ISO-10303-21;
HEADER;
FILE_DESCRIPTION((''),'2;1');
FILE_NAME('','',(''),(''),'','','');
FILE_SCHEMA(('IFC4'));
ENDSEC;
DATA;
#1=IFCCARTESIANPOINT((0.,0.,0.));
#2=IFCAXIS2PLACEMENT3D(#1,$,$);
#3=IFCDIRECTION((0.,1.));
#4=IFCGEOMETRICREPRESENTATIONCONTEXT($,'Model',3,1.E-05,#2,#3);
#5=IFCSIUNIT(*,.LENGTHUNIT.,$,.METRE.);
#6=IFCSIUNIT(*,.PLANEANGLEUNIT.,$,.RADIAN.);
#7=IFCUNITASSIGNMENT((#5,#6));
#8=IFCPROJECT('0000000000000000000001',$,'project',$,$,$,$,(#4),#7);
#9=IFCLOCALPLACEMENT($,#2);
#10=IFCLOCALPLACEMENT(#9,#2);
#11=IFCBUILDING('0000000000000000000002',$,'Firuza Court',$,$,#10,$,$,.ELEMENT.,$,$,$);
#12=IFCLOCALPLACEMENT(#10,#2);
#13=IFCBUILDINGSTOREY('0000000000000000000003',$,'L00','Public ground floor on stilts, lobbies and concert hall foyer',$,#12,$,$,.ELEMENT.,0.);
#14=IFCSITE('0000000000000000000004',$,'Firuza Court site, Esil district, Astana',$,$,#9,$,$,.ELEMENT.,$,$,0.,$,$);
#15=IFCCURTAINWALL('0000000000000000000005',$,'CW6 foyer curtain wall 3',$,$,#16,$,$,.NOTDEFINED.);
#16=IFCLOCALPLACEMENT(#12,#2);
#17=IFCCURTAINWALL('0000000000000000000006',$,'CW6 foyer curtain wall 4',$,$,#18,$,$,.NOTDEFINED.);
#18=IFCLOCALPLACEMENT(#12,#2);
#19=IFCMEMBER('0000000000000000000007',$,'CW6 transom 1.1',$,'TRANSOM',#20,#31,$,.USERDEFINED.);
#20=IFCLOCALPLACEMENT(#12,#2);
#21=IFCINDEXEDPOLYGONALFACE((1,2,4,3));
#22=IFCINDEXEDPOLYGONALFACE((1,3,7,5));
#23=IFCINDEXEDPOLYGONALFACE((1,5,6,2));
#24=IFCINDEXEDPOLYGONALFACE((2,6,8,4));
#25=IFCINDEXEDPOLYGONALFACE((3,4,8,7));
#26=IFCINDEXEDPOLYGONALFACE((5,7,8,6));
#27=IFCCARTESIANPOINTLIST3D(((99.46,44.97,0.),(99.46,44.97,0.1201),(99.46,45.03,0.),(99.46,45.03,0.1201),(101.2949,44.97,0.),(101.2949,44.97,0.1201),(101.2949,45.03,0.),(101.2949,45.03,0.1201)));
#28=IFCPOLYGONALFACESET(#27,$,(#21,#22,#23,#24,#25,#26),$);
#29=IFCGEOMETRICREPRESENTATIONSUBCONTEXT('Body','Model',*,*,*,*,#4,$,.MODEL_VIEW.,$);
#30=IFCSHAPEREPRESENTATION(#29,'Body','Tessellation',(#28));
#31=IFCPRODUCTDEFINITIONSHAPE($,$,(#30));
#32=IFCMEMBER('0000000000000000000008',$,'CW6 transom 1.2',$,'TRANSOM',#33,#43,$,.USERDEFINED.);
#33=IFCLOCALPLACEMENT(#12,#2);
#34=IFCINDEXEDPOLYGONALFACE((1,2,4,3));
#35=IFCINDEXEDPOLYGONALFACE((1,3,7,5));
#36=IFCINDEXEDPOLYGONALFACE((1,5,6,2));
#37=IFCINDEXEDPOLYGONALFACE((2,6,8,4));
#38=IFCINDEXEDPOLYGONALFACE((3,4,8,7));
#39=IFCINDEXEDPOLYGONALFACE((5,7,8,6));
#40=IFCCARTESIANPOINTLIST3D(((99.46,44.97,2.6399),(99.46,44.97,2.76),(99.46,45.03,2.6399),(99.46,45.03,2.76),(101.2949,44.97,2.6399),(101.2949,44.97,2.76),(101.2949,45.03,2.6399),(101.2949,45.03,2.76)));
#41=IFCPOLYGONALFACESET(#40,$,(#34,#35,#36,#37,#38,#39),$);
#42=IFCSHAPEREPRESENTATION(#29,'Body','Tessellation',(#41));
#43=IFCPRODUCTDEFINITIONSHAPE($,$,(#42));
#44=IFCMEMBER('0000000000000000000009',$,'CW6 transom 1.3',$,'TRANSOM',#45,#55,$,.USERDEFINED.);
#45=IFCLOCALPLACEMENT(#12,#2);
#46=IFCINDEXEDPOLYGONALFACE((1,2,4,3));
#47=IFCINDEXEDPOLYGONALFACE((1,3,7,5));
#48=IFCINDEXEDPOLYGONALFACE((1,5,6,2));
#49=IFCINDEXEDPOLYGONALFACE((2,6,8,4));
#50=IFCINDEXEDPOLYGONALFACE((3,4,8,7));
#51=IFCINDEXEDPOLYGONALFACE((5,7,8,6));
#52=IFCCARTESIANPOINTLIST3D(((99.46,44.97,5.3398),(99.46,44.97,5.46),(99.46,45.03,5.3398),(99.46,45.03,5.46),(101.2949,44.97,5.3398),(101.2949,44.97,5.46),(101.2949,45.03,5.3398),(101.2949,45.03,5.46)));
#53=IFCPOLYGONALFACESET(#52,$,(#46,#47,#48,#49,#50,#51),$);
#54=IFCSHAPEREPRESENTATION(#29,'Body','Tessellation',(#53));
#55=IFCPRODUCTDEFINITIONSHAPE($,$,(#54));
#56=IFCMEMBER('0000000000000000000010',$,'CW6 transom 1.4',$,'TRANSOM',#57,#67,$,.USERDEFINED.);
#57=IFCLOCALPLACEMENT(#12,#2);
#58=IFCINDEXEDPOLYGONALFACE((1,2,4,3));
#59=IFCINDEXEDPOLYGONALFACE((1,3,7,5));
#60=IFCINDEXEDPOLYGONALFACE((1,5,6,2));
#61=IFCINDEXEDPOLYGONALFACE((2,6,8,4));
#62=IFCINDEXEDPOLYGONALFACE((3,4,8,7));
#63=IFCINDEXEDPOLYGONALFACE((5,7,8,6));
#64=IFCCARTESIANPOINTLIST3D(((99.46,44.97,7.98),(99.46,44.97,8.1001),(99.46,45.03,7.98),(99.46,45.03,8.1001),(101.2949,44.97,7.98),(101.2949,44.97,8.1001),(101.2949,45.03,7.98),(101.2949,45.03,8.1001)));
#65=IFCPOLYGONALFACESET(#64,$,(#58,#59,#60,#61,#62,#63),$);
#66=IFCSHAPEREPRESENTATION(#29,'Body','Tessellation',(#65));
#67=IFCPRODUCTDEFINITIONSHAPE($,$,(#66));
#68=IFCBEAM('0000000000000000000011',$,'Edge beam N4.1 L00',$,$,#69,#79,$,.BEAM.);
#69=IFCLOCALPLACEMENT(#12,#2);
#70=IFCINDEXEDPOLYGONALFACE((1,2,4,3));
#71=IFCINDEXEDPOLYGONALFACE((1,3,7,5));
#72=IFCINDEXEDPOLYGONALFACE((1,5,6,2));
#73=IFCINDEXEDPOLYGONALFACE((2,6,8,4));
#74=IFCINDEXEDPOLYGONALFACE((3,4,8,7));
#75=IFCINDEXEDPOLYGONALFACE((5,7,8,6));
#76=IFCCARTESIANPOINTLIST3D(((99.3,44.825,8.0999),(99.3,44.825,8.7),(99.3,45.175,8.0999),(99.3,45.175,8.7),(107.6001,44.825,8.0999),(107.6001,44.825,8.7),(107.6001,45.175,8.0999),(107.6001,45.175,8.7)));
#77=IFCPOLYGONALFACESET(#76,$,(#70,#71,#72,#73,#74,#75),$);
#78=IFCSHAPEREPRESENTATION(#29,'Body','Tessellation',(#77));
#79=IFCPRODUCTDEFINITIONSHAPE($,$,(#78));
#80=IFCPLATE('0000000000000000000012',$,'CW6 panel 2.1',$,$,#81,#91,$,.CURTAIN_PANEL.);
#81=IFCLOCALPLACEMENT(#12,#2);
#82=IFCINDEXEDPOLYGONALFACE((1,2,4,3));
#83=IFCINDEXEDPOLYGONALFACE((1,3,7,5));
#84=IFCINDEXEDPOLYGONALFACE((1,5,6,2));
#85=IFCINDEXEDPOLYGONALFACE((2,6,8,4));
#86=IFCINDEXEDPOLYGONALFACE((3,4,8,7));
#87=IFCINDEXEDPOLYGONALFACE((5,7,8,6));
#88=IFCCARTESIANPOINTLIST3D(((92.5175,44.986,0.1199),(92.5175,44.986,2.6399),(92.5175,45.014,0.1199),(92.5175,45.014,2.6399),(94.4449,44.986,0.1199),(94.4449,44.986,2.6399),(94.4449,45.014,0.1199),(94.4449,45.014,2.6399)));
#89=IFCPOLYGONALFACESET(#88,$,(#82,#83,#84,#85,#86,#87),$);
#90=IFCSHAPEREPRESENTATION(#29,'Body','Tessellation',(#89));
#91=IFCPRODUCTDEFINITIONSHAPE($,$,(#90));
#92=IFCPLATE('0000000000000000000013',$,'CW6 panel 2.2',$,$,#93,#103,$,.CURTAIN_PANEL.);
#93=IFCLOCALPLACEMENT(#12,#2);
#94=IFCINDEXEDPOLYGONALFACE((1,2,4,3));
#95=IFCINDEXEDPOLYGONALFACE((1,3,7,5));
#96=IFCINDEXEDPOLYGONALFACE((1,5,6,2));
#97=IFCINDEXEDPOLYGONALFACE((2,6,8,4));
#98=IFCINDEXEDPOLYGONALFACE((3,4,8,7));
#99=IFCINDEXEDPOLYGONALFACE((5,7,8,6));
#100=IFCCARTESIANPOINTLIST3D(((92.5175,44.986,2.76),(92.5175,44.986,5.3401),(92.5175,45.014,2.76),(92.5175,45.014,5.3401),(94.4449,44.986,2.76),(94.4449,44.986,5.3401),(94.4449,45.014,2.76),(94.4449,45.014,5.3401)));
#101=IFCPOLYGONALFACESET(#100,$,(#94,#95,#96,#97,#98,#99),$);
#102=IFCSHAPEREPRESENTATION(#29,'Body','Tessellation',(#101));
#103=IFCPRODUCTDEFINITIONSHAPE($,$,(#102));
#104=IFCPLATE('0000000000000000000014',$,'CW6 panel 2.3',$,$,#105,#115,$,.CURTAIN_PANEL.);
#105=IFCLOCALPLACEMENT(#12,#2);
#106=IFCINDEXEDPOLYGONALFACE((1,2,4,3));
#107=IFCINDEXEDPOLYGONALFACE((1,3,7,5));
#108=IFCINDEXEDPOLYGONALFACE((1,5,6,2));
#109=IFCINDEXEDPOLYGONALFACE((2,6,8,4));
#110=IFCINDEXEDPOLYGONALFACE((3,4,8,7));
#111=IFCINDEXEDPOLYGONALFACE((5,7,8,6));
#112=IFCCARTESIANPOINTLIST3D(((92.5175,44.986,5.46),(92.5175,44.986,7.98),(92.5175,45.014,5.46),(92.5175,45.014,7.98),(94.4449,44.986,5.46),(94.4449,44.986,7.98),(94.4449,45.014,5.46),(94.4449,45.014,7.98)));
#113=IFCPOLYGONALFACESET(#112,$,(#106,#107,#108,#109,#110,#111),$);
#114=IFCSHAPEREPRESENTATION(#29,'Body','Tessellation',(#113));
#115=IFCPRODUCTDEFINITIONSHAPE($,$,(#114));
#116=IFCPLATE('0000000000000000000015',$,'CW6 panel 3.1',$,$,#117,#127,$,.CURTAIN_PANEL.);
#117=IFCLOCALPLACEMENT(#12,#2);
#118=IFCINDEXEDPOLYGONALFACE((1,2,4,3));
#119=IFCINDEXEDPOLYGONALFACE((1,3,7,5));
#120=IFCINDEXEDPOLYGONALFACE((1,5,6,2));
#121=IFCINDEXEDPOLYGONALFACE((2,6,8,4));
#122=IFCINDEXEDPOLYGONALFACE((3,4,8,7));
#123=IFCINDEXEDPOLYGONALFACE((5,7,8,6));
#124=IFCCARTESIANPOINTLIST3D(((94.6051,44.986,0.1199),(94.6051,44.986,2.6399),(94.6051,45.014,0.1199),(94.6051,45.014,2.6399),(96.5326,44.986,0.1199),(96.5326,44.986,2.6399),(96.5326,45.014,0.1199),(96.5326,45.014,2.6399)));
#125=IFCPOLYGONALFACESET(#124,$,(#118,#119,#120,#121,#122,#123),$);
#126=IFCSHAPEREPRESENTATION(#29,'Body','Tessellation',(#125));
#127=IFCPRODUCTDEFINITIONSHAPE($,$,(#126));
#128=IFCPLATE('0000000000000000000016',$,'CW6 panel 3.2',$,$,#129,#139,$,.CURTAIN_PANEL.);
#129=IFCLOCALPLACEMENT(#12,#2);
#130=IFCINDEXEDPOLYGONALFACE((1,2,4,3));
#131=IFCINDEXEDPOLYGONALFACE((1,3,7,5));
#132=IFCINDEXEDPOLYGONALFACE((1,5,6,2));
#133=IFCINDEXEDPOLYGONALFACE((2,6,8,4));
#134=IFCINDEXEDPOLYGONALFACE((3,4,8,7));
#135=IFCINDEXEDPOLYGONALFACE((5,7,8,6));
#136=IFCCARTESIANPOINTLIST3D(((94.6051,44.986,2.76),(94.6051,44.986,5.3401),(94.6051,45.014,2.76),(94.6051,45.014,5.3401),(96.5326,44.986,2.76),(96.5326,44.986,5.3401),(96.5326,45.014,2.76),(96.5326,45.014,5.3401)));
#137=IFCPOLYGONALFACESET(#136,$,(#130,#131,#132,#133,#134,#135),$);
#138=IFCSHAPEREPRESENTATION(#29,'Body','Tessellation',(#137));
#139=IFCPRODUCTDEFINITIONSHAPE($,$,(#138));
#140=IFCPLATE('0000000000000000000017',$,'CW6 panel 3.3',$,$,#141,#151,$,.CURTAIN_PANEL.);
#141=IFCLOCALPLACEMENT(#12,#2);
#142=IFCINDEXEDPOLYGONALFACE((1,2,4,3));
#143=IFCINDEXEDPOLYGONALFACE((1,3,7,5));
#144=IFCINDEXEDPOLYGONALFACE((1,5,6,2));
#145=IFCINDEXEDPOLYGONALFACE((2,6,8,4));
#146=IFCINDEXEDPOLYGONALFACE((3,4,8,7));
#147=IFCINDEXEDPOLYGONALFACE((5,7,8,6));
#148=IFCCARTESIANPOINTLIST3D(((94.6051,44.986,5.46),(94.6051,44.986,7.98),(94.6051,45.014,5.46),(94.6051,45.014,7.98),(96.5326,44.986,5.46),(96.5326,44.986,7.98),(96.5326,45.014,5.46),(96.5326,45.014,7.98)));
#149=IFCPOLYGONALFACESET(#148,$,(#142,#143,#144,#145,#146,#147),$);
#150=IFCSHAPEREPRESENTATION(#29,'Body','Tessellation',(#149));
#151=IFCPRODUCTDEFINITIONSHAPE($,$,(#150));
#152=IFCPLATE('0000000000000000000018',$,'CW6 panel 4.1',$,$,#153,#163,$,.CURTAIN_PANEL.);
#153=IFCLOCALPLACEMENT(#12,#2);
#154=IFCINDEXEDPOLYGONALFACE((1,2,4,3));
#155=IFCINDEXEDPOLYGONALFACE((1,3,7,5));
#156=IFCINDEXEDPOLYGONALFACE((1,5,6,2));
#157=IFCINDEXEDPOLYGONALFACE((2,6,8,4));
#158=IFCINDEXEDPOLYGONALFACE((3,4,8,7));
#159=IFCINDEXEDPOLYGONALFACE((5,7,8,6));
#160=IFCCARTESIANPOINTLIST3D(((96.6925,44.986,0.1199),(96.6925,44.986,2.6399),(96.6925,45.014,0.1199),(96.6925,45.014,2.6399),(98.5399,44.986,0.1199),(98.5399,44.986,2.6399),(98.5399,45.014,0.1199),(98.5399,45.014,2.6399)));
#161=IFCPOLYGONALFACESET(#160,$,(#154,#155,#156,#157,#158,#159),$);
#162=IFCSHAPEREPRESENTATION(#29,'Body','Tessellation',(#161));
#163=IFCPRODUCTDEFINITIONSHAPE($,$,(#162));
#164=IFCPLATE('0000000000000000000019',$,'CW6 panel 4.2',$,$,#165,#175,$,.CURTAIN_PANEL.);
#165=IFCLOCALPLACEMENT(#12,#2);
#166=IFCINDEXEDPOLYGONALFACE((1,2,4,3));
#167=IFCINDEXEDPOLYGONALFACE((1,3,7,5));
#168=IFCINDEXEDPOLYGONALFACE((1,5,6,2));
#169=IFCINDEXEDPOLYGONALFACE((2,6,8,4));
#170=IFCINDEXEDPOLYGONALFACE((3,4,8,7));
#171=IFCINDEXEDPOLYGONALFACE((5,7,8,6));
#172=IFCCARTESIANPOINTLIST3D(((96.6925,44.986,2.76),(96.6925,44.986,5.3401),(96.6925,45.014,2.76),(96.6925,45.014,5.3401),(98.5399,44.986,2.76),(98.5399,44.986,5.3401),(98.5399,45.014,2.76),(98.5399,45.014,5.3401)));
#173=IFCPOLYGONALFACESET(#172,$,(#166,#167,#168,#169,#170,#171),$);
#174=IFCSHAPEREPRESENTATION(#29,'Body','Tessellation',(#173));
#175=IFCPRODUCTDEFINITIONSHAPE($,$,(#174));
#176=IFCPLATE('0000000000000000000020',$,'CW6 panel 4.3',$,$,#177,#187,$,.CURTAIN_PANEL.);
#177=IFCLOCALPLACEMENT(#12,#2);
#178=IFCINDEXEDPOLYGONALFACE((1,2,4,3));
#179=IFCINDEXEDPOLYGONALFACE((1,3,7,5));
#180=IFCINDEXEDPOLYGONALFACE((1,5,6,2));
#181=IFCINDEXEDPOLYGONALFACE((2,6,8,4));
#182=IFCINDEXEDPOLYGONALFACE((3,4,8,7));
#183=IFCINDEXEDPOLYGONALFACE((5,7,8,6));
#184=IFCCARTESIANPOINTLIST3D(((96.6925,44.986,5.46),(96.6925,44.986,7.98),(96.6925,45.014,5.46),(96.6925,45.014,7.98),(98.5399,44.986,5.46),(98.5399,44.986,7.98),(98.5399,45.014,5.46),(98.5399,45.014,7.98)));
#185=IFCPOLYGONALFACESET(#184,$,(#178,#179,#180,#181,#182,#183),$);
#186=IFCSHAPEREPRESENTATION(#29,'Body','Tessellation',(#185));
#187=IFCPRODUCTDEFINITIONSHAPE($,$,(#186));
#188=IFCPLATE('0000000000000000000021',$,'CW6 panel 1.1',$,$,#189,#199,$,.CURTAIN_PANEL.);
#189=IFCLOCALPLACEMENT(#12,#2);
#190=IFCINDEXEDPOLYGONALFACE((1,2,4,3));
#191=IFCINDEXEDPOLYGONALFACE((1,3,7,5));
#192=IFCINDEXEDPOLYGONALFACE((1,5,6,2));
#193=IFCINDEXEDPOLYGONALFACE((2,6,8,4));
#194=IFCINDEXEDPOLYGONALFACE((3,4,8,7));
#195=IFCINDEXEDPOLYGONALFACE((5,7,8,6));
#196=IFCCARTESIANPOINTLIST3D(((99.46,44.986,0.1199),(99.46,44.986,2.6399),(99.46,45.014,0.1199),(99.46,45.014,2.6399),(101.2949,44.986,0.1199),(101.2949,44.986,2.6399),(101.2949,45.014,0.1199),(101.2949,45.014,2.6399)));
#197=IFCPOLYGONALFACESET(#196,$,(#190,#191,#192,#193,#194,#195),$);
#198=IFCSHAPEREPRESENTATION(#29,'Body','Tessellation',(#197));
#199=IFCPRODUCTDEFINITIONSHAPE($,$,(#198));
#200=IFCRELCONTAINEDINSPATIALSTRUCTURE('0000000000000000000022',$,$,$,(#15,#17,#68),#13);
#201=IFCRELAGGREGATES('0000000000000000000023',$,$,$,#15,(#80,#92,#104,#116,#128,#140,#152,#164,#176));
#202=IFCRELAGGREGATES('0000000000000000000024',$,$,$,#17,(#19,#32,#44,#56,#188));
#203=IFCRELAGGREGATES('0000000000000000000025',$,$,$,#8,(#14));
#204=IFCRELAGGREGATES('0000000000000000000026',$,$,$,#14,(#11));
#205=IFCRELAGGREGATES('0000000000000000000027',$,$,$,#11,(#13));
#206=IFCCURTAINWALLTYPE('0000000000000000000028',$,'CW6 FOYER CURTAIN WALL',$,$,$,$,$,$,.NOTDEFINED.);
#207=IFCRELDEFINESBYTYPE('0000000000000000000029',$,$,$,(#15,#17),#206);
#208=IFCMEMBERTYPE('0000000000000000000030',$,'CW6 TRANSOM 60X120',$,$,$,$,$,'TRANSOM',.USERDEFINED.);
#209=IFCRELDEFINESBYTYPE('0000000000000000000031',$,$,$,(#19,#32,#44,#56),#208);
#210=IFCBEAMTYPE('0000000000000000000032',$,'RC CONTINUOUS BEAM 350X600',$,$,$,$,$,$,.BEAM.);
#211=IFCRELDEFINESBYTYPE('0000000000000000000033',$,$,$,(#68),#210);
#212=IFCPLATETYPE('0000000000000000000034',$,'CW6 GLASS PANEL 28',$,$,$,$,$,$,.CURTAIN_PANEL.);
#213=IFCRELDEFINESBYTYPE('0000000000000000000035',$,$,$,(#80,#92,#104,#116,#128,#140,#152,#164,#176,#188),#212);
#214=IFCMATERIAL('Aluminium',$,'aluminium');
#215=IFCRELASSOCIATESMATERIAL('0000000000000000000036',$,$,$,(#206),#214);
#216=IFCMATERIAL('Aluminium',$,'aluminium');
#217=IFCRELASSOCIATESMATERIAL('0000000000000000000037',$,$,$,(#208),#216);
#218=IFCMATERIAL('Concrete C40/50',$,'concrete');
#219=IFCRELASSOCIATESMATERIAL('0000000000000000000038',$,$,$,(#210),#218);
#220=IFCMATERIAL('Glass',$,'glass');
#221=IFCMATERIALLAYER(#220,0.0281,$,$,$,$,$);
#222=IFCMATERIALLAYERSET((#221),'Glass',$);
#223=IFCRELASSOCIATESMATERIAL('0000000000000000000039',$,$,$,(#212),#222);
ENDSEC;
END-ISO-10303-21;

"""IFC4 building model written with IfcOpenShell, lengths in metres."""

from ifc_helpers import new_model, si_unit, direction, frame, origin, origin_2d, place, context, subcontext, project, spatial, rectangle, extrude, material, layer, layer_set, material_profile, profile_set, type_object, element, aggregate, save


model = new_model("IFC4")

# Units and contexts
model_context = context("Model", 3, precision=1e-05, world=origin(), true_north=direction((0.0, 1.0)))
body_context = subcontext(model_context, "Body", "Model", "MODEL_VIEW")
ifc_project = project(units=[si_unit("LENGTHUNIT", "METRE"), si_unit("PLANEANGLEUNIT", "RADIAN")], contexts=[model_context])

# Site, building, storey
site_placement = place(None, origin())
site = spatial("IfcSite", under=ifc_project, at=site_placement, Name="Firuza Court site, Esil district, Astana", CompositionType="ELEMENT", RefElevation=0.0)
building_placement = place(site_placement, origin())
building = spatial("IfcBuilding", under=site, at=building_placement, Name="Firuza Court", CompositionType="ELEMENT")
storey_placement = place(building_placement, origin())
storey = spatial("IfcBuildingStorey", under=building, at=storey_placement, Name="L00", Description="Public ground floor on stilts, lobbies and concert hall foyer", CompositionType="ELEMENT", Elevation=0.0)

# Curtain wall
ifc_material_1 = material(Name="Aluminium", Category="aluminium")
curtain_wall_type = type_object("IfcCurtainWallType", Name="CW6 FOYER CURTAIN WALL", PredefinedType="NOTDEFINED", material=ifc_material_1)
curtain_wall_1_placement = place(storey_placement, origin())
curtain_wall_1 = element("IfcCurtainWall", 1, at=curtain_wall_1_placement, inside=storey, type_object=curtain_wall_type, Name="CW6 foyer curtain wall 3", PredefinedType="NOTDEFINED")

# Curtain wall
curtain_wall_2_placement = place(storey_placement, origin())
curtain_wall_2 = element("IfcCurtainWall", 2, at=curtain_wall_2_placement, inside=storey, type_object=curtain_wall_type, Name="CW6 foyer curtain wall 4", PredefinedType="NOTDEFINED")

# Members
ifc_material_2 = material(Name="Aluminium", Category="aluminium")
ifc_material_profile_1 = material_profile(ifc_material_2, rectangle(XDim=0.0601, YDim=0.1201, at=origin_2d()), Name="TRANSOM 60X120")
ifc_profile_set_1 = profile_set([ifc_material_profile_1], Name="Aluminium")
member_type_1 = type_object("IfcMemberType", Name="CW6 TRANSOM 60X120", ElementType="TRANSOM", PredefinedType="USERDEFINED", material=ifc_profile_set_1)
member_1_placement = place(storey_placement, frame((99.46, 45.0, 0.0601), z_axis=(1.0, 0.0, 0.0), x_axis=(0.0, 1.0, 0.0)))
member_1 = element("IfcMember", 3, at=member_1_placement, type_object=member_type_1, Name="CW6 transom 1.1", ObjectType="TRANSOM", PredefinedType="USERDEFINED", context=body_context, shape_type="SweptSolid", body=[
    extrude(rectangle(XDim=0.0601, YDim=0.1201, at=origin_2d()), origin(), (0.0, 0.0, 1.0), 1.835),
])
member_2_placement = place(storey_placement, frame((99.46, 45.0, 2.7), z_axis=(1.0, 0.0, 0.0), x_axis=(0.0, 1.0, 0.0)))
member_2 = element("IfcMember", 4, at=member_2_placement, type_object=member_type_1, Name="CW6 transom 1.2", ObjectType="TRANSOM", PredefinedType="USERDEFINED", context=body_context, shape_type="SweptSolid", body=[
    extrude(rectangle(XDim=0.0601, YDim=0.1201, at=origin_2d()), origin(), (0.0, 0.0, 1.0), 1.835),
])
member_3_placement = place(storey_placement, frame((99.46, 45.0, 5.3999), z_axis=(1.0, 0.0, 0.0), x_axis=(0.0, 1.0, 0.0)))
member_3 = element("IfcMember", 5, at=member_3_placement, type_object=member_type_1, Name="CW6 transom 1.3", ObjectType="TRANSOM", PredefinedType="USERDEFINED", context=body_context, shape_type="SweptSolid", body=[
    extrude(rectangle(XDim=0.0601, YDim=0.1201, at=origin_2d()), origin(), (0.0, 0.0, 1.0), 1.835),
])
member_4_placement = place(storey_placement, frame((99.46, 45.0, 8.04), z_axis=(1.0, 0.0, 0.0), x_axis=(0.0, 1.0, 0.0)))
member_4 = element("IfcMember", 6, at=member_4_placement, type_object=member_type_1, Name="CW6 transom 1.4", ObjectType="TRANSOM", PredefinedType="USERDEFINED", context=body_context, shape_type="SweptSolid", body=[
    extrude(rectangle(XDim=0.0601, YDim=0.1201, at=origin_2d()), origin(), (0.0, 0.0, 1.0), 1.835),
])

# Beam
ifc_material_3 = material(Name="Concrete C40/50", Category="concrete")
ifc_material_profile_2 = material_profile(ifc_material_3, rectangle(XDim=0.3501, YDim=0.6001, at=origin_2d()), Name="RC 350X600")
ifc_profile_set_2 = profile_set([ifc_material_profile_2], Name="Concrete C40/50")
beam_type = type_object("IfcBeamType", Name="RC CONTINUOUS BEAM 350X600", PredefinedType="BEAM", material=ifc_profile_set_2)
beam_placement = place(storey_placement, frame((99.3, 45.0, 8.3999), z_axis=(1.0, 0.0, 0.0), x_axis=(0.0, 1.0, 0.0)))
element("IfcBeam", 7, at=beam_placement, inside=storey, type_object=beam_type, Name="Edge beam N4.1 L00", PredefinedType="BEAM", context=body_context, shape_type="SweptSolid", body=[
    extrude(rectangle(XDim=0.3501, YDim=0.6001, at=origin_2d()), origin(), (0.0, 0.0, 1.0), 8.3),
])

# Plates
ifc_material_4 = material(Name="Glass", Category="glass")
ifc_layer = layer(ifc_material_4, 0.0281)
ifc_layer_set = layer_set([ifc_layer], Name="Glass")
plate_type = type_object("IfcPlateType", Name="CW6 GLASS PANEL 28", PredefinedType="CURTAIN_PANEL", material=ifc_layer_set)
plate_1_placement = place(storey_placement, frame((93.4812, 45.0, 0.1199), z_axis=(0.0, 0.0, 1.0), x_axis=(1.0, 0.0, 0.0)))
plate_1 = element("IfcPlate", 8, at=plate_1_placement, type_object=plate_type, Name="CW6 panel 2.1", PredefinedType="CURTAIN_PANEL", context=body_context, shape_type="SweptSolid", body=[
    extrude(rectangle(XDim=1.9275, YDim=0.0281, at=origin_2d()), origin(), (0.0, 0.0, 1.0), 2.52),
])
plate_2_placement = place(storey_placement, frame((93.4812, 45.0, 2.76), z_axis=(0.0, 0.0, 1.0), x_axis=(1.0, 0.0, 0.0)))
plate_2 = element("IfcPlate", 9, at=plate_2_placement, type_object=plate_type, Name="CW6 panel 2.2", PredefinedType="CURTAIN_PANEL", context=body_context, shape_type="SweptSolid", body=[
    extrude(rectangle(XDim=1.9275, YDim=0.0281, at=origin_2d()), origin(), (0.0, 0.0, 1.0), 2.5801),
])
plate_3_placement = place(storey_placement, frame((93.4812, 45.0, 5.46), z_axis=(0.0, 0.0, 1.0), x_axis=(1.0, 0.0, 0.0)))
plate_3 = element("IfcPlate", 10, at=plate_3_placement, type_object=plate_type, Name="CW6 panel 2.3", PredefinedType="CURTAIN_PANEL", context=body_context, shape_type="SweptSolid", body=[
    extrude(rectangle(XDim=1.9275, YDim=0.0281, at=origin_2d()), origin(), (0.0, 0.0, 1.0), 2.52),
])
plate_4_placement = place(storey_placement, frame((95.5688, 45.0, 0.1199), z_axis=(0.0, 0.0, 1.0), x_axis=(1.0, 0.0, 0.0)))
plate_4 = element("IfcPlate", 11, at=plate_4_placement, type_object=plate_type, Name="CW6 panel 3.1", PredefinedType="CURTAIN_PANEL", context=body_context, shape_type="SweptSolid", body=[
    extrude(rectangle(XDim=1.9275, YDim=0.0281, at=origin_2d()), origin(), (0.0, 0.0, 1.0), 2.52),
])
plate_5_placement = place(storey_placement, frame((95.5688, 45.0, 2.76), z_axis=(0.0, 0.0, 1.0), x_axis=(1.0, 0.0, 0.0)))
plate_5 = element("IfcPlate", 12, at=plate_5_placement, type_object=plate_type, Name="CW6 panel 3.2", PredefinedType="CURTAIN_PANEL", context=body_context, shape_type="SweptSolid", body=[
    extrude(rectangle(XDim=1.9275, YDim=0.0281, at=origin_2d()), origin(), (0.0, 0.0, 1.0), 2.5801),
])
plate_6_placement = place(storey_placement, frame((95.5688, 45.0, 5.46), z_axis=(0.0, 0.0, 1.0), x_axis=(1.0, 0.0, 0.0)))
plate_6 = element("IfcPlate", 13, at=plate_6_placement, type_object=plate_type, Name="CW6 panel 3.3", PredefinedType="CURTAIN_PANEL", context=body_context, shape_type="SweptSolid", body=[
    extrude(rectangle(XDim=1.9275, YDim=0.0281, at=origin_2d()), origin(), (0.0, 0.0, 1.0), 2.52),
])
plate_7_placement = place(storey_placement, frame((97.6162, 45.0, 0.1199), z_axis=(0.0, 0.0, 1.0), x_axis=(1.0, 0.0, 0.0)))
plate_7 = element("IfcPlate", 14, at=plate_7_placement, type_object=plate_type, Name="CW6 panel 4.1", PredefinedType="CURTAIN_PANEL", context=body_context, shape_type="SweptSolid", body=[
    extrude(rectangle(XDim=1.8474, YDim=0.0281, at=origin_2d()), origin(), (0.0, 0.0, 1.0), 2.52),
])
plate_8_placement = place(storey_placement, frame((97.6162, 45.0, 2.76), z_axis=(0.0, 0.0, 1.0), x_axis=(1.0, 0.0, 0.0)))
plate_8 = element("IfcPlate", 15, at=plate_8_placement, type_object=plate_type, Name="CW6 panel 4.2", PredefinedType="CURTAIN_PANEL", context=body_context, shape_type="SweptSolid", body=[
    extrude(rectangle(XDim=1.8474, YDim=0.0281, at=origin_2d()), origin(), (0.0, 0.0, 1.0), 2.5801),
])
plate_9_placement = place(storey_placement, frame((97.6162, 45.0, 5.46), z_axis=(0.0, 0.0, 1.0), x_axis=(1.0, 0.0, 0.0)))
plate_9 = element("IfcPlate", 16, at=plate_9_placement, type_object=plate_type, Name="CW6 panel 4.3", PredefinedType="CURTAIN_PANEL", context=body_context, shape_type="SweptSolid", body=[
    extrude(rectangle(XDim=1.8474, YDim=0.0281, at=origin_2d()), origin(), (0.0, 0.0, 1.0), 2.52),
])
aggregate(curtain_wall_1, [plate_1, plate_2, plate_3, plate_4, plate_5, plate_6, plate_7, plate_8, plate_9])
plate_10_placement = place(storey_placement, frame((100.3774, 45.0, 0.1199), z_axis=(0.0, 0.0, 1.0), x_axis=(1.0, 0.0, 0.0)))
plate_10 = element("IfcPlate", 17, at=plate_10_placement, type_object=plate_type, Name="CW6 panel 1.1", PredefinedType="CURTAIN_PANEL", context=body_context, shape_type="SweptSolid", body=[
    extrude(rectangle(XDim=1.835, YDim=0.0281, at=origin_2d()), origin(), (0.0, 0.0, 1.0), 2.52),
])
aggregate(curtain_wall_2, [member_1, member_2, member_3, member_4, plate_10])

save(model, "model.ifc")
